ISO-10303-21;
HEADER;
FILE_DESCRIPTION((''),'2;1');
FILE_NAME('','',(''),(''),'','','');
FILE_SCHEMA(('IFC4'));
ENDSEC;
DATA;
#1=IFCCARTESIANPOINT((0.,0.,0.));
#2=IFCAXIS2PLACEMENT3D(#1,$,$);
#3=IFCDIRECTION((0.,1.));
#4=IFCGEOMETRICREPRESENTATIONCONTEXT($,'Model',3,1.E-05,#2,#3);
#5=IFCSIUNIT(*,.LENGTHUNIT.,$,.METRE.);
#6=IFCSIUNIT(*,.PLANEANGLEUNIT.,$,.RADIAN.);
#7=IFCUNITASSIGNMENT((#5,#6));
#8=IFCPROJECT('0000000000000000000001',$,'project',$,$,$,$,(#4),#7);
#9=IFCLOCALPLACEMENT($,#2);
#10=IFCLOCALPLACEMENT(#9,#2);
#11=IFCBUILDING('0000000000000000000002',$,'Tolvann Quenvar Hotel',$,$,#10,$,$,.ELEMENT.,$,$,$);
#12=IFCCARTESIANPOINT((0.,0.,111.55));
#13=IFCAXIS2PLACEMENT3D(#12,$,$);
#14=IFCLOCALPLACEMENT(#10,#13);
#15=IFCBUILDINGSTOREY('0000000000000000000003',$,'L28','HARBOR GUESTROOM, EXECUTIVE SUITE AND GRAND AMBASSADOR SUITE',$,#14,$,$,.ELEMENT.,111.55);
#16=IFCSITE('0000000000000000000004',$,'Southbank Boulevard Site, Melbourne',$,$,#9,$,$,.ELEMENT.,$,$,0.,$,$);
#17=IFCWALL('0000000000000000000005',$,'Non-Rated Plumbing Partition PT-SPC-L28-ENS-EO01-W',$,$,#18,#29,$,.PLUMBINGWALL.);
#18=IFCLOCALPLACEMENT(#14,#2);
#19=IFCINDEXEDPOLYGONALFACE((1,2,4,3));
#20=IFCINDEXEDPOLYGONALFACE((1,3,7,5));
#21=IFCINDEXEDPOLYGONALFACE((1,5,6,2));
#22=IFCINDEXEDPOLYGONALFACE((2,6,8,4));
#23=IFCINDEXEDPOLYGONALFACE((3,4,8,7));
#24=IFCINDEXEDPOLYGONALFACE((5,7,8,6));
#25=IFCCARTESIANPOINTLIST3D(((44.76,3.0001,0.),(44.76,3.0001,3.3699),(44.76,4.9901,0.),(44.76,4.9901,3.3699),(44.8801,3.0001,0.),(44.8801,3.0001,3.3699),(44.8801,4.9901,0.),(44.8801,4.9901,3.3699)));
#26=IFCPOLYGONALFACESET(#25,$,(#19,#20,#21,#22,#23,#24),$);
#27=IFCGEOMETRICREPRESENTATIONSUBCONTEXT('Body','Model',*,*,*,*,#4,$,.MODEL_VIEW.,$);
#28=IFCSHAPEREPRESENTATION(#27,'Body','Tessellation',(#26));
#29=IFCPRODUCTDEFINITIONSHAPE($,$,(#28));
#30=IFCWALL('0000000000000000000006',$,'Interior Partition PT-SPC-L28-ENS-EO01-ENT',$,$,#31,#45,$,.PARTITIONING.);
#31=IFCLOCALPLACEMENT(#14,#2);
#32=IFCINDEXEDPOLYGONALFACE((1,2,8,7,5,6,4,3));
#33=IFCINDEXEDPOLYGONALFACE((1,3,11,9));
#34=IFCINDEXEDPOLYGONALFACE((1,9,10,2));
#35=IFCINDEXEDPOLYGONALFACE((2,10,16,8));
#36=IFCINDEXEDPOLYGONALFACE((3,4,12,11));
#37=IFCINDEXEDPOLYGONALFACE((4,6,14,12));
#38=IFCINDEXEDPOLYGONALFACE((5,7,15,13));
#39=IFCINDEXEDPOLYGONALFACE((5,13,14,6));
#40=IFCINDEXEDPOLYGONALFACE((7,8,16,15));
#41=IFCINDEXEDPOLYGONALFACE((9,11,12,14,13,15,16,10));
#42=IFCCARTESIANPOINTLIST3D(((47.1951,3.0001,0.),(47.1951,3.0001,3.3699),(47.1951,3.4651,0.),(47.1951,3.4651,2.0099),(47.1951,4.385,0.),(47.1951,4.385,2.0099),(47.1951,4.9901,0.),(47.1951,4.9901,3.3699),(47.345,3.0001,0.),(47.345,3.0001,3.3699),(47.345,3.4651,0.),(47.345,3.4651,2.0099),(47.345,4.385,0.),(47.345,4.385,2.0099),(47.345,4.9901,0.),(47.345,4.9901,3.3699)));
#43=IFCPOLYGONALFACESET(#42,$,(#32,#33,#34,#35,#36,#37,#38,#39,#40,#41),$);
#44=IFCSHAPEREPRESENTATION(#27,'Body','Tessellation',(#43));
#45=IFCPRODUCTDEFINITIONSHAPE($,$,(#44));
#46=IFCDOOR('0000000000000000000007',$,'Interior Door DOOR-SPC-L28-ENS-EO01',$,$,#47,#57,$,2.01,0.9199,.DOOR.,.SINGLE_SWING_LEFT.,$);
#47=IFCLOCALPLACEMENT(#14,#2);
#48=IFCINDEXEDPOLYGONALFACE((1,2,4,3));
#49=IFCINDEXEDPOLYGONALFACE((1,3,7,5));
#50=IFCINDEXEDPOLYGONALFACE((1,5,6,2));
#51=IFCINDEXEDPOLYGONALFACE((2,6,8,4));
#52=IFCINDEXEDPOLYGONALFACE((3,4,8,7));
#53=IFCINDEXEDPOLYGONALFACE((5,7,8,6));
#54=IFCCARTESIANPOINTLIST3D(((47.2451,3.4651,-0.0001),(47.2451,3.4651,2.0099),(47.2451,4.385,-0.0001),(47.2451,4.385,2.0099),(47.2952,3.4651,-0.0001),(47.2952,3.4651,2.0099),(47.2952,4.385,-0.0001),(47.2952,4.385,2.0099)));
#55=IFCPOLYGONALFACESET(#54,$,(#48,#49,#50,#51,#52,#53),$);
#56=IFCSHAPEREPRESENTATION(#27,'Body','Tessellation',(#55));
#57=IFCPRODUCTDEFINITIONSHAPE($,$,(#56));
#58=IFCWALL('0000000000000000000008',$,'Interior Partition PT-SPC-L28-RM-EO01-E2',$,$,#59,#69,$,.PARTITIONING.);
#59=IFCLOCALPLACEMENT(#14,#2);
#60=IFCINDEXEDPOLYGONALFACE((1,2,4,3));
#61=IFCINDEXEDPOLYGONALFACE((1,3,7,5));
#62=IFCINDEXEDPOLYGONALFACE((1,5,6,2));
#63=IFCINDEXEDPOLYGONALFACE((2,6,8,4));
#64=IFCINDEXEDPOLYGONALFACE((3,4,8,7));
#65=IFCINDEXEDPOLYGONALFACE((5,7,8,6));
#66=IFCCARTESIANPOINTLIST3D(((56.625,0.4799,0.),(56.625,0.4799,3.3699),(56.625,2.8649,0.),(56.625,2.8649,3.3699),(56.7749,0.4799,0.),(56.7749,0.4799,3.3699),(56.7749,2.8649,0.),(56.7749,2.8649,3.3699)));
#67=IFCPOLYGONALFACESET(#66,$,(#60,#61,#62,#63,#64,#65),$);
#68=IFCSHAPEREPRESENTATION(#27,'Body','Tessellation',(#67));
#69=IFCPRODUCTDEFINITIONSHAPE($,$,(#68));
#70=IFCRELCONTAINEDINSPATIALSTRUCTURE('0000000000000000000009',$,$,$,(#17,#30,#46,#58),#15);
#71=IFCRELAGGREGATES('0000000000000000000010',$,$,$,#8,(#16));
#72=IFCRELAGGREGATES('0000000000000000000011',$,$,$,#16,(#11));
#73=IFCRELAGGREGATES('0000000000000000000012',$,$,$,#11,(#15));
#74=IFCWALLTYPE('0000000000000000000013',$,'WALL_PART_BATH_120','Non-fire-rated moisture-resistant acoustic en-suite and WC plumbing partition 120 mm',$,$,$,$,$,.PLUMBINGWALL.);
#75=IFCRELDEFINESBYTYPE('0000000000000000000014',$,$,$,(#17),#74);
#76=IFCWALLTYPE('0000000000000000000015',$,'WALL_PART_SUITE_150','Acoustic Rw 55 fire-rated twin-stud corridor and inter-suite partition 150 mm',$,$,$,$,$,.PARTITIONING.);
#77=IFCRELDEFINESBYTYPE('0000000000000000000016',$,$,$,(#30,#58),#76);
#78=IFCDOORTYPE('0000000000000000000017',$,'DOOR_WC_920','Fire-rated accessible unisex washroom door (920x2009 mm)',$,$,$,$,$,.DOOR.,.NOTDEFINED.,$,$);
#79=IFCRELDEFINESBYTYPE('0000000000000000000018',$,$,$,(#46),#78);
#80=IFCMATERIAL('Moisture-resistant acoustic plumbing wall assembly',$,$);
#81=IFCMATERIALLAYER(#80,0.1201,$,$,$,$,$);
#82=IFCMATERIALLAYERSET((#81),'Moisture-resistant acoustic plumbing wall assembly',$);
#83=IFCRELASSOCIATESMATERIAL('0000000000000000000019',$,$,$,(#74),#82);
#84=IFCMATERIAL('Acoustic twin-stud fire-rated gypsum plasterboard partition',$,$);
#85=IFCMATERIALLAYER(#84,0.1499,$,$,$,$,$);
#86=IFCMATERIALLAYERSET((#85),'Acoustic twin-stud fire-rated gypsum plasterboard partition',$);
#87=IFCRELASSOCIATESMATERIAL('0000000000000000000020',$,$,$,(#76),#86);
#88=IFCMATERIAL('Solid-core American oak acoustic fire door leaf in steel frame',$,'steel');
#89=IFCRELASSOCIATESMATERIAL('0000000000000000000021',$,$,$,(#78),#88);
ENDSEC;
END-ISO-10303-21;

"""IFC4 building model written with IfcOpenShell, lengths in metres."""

from ifc_helpers import new_model, si_unit, direction, frame, frame_2d, origin, place, context, subcontext, project, spatial, rectangle, extrude, source, transform, mapped, material, layer, layer_set, type_object, type_shapes, element, fill, save


model = new_model("IFC4")

# Units and contexts
model_context = context("Model", 3, precision=1e-05, world=origin(), true_north=direction((0.0, 1.0)))
body_context = subcontext(model_context, "Body", "Model", "MODEL_VIEW")
ifc_project = project(units=[si_unit("LENGTHUNIT", "METRE"), si_unit("PLANEANGLEUNIT", "RADIAN")], contexts=[model_context])

# Site, building, storey
site_placement = place(None, origin())
site = spatial("IfcSite", under=ifc_project, at=site_placement, Name="Southbank Boulevard Site, Melbourne", CompositionType="ELEMENT", RefElevation=0.0)
building_placement = place(site_placement, origin())
building = spatial("IfcBuilding", under=site, at=building_placement, Name="Tolvann Quenvar Hotel", CompositionType="ELEMENT")
storey_placement = place(building_placement, frame((0.0, 0.0, 111.55)))
storey = spatial("IfcBuildingStorey", under=building, at=storey_placement, Name="L28", Description="HARBOR GUESTROOM, EXECUTIVE SUITE AND GRAND AMBASSADOR SUITE", CompositionType="ELEMENT", Elevation=111.55)

# Wall
ifc_material_1 = material(Name="Moisture-resistant acoustic plumbing wall assembly")
ifc_layer_1 = layer(ifc_material_1, 0.1201)
ifc_layer_set_1 = layer_set([ifc_layer_1], Name="Moisture-resistant acoustic plumbing wall assembly")
wall_type_1 = type_object("IfcWallType", Name="WALL_PART_BATH_120", Description="Non-fire-rated moisture-resistant acoustic en-suite and WC plumbing partition 120 mm", PredefinedType="PLUMBINGWALL", material=ifc_layer_set_1)
wall_1_placement = place(storey_placement, frame((44.8201, 3.0, 0.0), z_axis=(0.0, 0.0, 1.0), x_axis=(0.0, 1.0, 0.0)))
element("IfcWall", 1, at=wall_1_placement, inside=storey, type_object=wall_type_1, Name="Non-Rated Plumbing Partition PT-SPC-L28-ENS-EO01-W", PredefinedType="PLUMBINGWALL", context=body_context, shape_type="SweptSolid", body=[
    extrude(rectangle(XDim=1.99, YDim=0.1201, at=frame_2d((0.9951, 0.0))), origin(), (0.0, 0.0, 1.0), 3.3699),
])

# Wall, opening, door
ifc_material_2 = material(Name="Acoustic twin-stud fire-rated gypsum plasterboard partition")
ifc_layer_2 = layer(ifc_material_2, 0.1499)
ifc_layer_set_2 = layer_set([ifc_layer_2], Name="Acoustic twin-stud fire-rated gypsum plasterboard partition")
wall_type_2 = type_object("IfcWallType", Name="WALL_PART_SUITE_150", Description="Acoustic Rw 55 fire-rated twin-stud corridor and inter-suite partition 150 mm", PredefinedType="PARTITIONING", material=ifc_layer_set_2)
wall_2_placement = place(storey_placement, frame((47.27, 3.0, 0.0), z_axis=(0.0, 0.0, 1.0), x_axis=(0.0, 1.0, 0.0)))
wall_2 = element("IfcWall", 2, at=wall_2_placement, inside=storey, type_object=wall_type_2, Name="Interior Partition PT-SPC-L28-ENS-EO01-ENT", PredefinedType="PARTITIONING", context=body_context, shape_type="SweptSolid", body=[
    extrude(rectangle(XDim=1.99, YDim=0.1499, at=frame_2d((0.9951, 0.0))), origin(), (0.0, 0.0, 1.0), 3.3699),
])
opening_1_placement = place(wall_2_placement, frame((0.4651, 0.0, 0.0)))
opening_1 = element("IfcOpeningElement", 3, at=opening_1_placement, cuts=wall_2, PredefinedType="OPENING", context=body_context, shape_type="SweptSolid", body=[
    extrude(rectangle(XDim=0.9199, YDim=2.01, at=frame_2d((0.46, 1.0049))), frame((0.0, 0.085, 0.0), z_axis=(0.0, -1.0, 0.0), x_axis=(1.0, 0.0, 0.0)), (0.0, 0.0, 1.0), 0.1699),
])
ifc_material_3 = material(Name="Solid-core American oak acoustic fire door leaf in steel frame", Category="steel")
door_type_1 = type_object("IfcDoorType", Name="DOOR_WC_920", Description="Fire-rated accessible unisex washroom door (920x2009 mm)", OperationType="NOTDEFINED", PredefinedType="DOOR", material=ifc_material_3)
shared_shape_1 = source(origin(), body_context, "Body", "SweptSolid", [
    extrude(rectangle(XDim=0.9199, YDim=2.01, at=frame_2d((0.46, 1.0049))), frame((0.0, 0.0249, 0.0), z_axis=(0.0, -1.0, 0.0), x_axis=(1.0, 0.0, 0.0)), (0.0, 0.0, 1.0), 0.05),
])
type_shapes(door_type_1, [shared_shape_1])
door_1_placement = place(opening_1_placement, origin())
door_1 = element("IfcDoor", 4, at=door_1_placement, inside=storey, type_object=door_type_1, Name="Interior Door DOOR-SPC-L28-ENS-EO01", OperationType="SINGLE_SWING_LEFT", OverallHeight=2.01, OverallWidth=0.9199, PredefinedType="DOOR", context=body_context, shape_type="MappedRepresentation", body=[
    mapped(shared_shape_1, transform((0.0, 0.0, 0.0), x_axis=(1.0, 0.0, 0.0), y_axis=(0.0, 1.0, 0.0), z_axis=(0.0, 0.0, 1.0), scale=1.0)),
])
fill(opening_1, door_1)

# Wall
wall_3_placement = place(storey_placement, frame((56.7, 0.48, 0.0), z_axis=(0.0, 0.0, 1.0), x_axis=(0.0, 1.0, 0.0)))
element("IfcWall", 5, at=wall_3_placement, inside=storey, type_object=wall_type_2, Name="Interior Partition PT-SPC-L28-RM-EO01-E2", PredefinedType="PARTITIONING", context=body_context, shape_type="SweptSolid", body=[
    extrude(rectangle(XDim=2.385, YDim=0.1499, at=frame_2d((1.1924, 0.0))), origin(), (0.0, 0.0, 1.0), 3.3699),
])

save(model, "model.ifc")
